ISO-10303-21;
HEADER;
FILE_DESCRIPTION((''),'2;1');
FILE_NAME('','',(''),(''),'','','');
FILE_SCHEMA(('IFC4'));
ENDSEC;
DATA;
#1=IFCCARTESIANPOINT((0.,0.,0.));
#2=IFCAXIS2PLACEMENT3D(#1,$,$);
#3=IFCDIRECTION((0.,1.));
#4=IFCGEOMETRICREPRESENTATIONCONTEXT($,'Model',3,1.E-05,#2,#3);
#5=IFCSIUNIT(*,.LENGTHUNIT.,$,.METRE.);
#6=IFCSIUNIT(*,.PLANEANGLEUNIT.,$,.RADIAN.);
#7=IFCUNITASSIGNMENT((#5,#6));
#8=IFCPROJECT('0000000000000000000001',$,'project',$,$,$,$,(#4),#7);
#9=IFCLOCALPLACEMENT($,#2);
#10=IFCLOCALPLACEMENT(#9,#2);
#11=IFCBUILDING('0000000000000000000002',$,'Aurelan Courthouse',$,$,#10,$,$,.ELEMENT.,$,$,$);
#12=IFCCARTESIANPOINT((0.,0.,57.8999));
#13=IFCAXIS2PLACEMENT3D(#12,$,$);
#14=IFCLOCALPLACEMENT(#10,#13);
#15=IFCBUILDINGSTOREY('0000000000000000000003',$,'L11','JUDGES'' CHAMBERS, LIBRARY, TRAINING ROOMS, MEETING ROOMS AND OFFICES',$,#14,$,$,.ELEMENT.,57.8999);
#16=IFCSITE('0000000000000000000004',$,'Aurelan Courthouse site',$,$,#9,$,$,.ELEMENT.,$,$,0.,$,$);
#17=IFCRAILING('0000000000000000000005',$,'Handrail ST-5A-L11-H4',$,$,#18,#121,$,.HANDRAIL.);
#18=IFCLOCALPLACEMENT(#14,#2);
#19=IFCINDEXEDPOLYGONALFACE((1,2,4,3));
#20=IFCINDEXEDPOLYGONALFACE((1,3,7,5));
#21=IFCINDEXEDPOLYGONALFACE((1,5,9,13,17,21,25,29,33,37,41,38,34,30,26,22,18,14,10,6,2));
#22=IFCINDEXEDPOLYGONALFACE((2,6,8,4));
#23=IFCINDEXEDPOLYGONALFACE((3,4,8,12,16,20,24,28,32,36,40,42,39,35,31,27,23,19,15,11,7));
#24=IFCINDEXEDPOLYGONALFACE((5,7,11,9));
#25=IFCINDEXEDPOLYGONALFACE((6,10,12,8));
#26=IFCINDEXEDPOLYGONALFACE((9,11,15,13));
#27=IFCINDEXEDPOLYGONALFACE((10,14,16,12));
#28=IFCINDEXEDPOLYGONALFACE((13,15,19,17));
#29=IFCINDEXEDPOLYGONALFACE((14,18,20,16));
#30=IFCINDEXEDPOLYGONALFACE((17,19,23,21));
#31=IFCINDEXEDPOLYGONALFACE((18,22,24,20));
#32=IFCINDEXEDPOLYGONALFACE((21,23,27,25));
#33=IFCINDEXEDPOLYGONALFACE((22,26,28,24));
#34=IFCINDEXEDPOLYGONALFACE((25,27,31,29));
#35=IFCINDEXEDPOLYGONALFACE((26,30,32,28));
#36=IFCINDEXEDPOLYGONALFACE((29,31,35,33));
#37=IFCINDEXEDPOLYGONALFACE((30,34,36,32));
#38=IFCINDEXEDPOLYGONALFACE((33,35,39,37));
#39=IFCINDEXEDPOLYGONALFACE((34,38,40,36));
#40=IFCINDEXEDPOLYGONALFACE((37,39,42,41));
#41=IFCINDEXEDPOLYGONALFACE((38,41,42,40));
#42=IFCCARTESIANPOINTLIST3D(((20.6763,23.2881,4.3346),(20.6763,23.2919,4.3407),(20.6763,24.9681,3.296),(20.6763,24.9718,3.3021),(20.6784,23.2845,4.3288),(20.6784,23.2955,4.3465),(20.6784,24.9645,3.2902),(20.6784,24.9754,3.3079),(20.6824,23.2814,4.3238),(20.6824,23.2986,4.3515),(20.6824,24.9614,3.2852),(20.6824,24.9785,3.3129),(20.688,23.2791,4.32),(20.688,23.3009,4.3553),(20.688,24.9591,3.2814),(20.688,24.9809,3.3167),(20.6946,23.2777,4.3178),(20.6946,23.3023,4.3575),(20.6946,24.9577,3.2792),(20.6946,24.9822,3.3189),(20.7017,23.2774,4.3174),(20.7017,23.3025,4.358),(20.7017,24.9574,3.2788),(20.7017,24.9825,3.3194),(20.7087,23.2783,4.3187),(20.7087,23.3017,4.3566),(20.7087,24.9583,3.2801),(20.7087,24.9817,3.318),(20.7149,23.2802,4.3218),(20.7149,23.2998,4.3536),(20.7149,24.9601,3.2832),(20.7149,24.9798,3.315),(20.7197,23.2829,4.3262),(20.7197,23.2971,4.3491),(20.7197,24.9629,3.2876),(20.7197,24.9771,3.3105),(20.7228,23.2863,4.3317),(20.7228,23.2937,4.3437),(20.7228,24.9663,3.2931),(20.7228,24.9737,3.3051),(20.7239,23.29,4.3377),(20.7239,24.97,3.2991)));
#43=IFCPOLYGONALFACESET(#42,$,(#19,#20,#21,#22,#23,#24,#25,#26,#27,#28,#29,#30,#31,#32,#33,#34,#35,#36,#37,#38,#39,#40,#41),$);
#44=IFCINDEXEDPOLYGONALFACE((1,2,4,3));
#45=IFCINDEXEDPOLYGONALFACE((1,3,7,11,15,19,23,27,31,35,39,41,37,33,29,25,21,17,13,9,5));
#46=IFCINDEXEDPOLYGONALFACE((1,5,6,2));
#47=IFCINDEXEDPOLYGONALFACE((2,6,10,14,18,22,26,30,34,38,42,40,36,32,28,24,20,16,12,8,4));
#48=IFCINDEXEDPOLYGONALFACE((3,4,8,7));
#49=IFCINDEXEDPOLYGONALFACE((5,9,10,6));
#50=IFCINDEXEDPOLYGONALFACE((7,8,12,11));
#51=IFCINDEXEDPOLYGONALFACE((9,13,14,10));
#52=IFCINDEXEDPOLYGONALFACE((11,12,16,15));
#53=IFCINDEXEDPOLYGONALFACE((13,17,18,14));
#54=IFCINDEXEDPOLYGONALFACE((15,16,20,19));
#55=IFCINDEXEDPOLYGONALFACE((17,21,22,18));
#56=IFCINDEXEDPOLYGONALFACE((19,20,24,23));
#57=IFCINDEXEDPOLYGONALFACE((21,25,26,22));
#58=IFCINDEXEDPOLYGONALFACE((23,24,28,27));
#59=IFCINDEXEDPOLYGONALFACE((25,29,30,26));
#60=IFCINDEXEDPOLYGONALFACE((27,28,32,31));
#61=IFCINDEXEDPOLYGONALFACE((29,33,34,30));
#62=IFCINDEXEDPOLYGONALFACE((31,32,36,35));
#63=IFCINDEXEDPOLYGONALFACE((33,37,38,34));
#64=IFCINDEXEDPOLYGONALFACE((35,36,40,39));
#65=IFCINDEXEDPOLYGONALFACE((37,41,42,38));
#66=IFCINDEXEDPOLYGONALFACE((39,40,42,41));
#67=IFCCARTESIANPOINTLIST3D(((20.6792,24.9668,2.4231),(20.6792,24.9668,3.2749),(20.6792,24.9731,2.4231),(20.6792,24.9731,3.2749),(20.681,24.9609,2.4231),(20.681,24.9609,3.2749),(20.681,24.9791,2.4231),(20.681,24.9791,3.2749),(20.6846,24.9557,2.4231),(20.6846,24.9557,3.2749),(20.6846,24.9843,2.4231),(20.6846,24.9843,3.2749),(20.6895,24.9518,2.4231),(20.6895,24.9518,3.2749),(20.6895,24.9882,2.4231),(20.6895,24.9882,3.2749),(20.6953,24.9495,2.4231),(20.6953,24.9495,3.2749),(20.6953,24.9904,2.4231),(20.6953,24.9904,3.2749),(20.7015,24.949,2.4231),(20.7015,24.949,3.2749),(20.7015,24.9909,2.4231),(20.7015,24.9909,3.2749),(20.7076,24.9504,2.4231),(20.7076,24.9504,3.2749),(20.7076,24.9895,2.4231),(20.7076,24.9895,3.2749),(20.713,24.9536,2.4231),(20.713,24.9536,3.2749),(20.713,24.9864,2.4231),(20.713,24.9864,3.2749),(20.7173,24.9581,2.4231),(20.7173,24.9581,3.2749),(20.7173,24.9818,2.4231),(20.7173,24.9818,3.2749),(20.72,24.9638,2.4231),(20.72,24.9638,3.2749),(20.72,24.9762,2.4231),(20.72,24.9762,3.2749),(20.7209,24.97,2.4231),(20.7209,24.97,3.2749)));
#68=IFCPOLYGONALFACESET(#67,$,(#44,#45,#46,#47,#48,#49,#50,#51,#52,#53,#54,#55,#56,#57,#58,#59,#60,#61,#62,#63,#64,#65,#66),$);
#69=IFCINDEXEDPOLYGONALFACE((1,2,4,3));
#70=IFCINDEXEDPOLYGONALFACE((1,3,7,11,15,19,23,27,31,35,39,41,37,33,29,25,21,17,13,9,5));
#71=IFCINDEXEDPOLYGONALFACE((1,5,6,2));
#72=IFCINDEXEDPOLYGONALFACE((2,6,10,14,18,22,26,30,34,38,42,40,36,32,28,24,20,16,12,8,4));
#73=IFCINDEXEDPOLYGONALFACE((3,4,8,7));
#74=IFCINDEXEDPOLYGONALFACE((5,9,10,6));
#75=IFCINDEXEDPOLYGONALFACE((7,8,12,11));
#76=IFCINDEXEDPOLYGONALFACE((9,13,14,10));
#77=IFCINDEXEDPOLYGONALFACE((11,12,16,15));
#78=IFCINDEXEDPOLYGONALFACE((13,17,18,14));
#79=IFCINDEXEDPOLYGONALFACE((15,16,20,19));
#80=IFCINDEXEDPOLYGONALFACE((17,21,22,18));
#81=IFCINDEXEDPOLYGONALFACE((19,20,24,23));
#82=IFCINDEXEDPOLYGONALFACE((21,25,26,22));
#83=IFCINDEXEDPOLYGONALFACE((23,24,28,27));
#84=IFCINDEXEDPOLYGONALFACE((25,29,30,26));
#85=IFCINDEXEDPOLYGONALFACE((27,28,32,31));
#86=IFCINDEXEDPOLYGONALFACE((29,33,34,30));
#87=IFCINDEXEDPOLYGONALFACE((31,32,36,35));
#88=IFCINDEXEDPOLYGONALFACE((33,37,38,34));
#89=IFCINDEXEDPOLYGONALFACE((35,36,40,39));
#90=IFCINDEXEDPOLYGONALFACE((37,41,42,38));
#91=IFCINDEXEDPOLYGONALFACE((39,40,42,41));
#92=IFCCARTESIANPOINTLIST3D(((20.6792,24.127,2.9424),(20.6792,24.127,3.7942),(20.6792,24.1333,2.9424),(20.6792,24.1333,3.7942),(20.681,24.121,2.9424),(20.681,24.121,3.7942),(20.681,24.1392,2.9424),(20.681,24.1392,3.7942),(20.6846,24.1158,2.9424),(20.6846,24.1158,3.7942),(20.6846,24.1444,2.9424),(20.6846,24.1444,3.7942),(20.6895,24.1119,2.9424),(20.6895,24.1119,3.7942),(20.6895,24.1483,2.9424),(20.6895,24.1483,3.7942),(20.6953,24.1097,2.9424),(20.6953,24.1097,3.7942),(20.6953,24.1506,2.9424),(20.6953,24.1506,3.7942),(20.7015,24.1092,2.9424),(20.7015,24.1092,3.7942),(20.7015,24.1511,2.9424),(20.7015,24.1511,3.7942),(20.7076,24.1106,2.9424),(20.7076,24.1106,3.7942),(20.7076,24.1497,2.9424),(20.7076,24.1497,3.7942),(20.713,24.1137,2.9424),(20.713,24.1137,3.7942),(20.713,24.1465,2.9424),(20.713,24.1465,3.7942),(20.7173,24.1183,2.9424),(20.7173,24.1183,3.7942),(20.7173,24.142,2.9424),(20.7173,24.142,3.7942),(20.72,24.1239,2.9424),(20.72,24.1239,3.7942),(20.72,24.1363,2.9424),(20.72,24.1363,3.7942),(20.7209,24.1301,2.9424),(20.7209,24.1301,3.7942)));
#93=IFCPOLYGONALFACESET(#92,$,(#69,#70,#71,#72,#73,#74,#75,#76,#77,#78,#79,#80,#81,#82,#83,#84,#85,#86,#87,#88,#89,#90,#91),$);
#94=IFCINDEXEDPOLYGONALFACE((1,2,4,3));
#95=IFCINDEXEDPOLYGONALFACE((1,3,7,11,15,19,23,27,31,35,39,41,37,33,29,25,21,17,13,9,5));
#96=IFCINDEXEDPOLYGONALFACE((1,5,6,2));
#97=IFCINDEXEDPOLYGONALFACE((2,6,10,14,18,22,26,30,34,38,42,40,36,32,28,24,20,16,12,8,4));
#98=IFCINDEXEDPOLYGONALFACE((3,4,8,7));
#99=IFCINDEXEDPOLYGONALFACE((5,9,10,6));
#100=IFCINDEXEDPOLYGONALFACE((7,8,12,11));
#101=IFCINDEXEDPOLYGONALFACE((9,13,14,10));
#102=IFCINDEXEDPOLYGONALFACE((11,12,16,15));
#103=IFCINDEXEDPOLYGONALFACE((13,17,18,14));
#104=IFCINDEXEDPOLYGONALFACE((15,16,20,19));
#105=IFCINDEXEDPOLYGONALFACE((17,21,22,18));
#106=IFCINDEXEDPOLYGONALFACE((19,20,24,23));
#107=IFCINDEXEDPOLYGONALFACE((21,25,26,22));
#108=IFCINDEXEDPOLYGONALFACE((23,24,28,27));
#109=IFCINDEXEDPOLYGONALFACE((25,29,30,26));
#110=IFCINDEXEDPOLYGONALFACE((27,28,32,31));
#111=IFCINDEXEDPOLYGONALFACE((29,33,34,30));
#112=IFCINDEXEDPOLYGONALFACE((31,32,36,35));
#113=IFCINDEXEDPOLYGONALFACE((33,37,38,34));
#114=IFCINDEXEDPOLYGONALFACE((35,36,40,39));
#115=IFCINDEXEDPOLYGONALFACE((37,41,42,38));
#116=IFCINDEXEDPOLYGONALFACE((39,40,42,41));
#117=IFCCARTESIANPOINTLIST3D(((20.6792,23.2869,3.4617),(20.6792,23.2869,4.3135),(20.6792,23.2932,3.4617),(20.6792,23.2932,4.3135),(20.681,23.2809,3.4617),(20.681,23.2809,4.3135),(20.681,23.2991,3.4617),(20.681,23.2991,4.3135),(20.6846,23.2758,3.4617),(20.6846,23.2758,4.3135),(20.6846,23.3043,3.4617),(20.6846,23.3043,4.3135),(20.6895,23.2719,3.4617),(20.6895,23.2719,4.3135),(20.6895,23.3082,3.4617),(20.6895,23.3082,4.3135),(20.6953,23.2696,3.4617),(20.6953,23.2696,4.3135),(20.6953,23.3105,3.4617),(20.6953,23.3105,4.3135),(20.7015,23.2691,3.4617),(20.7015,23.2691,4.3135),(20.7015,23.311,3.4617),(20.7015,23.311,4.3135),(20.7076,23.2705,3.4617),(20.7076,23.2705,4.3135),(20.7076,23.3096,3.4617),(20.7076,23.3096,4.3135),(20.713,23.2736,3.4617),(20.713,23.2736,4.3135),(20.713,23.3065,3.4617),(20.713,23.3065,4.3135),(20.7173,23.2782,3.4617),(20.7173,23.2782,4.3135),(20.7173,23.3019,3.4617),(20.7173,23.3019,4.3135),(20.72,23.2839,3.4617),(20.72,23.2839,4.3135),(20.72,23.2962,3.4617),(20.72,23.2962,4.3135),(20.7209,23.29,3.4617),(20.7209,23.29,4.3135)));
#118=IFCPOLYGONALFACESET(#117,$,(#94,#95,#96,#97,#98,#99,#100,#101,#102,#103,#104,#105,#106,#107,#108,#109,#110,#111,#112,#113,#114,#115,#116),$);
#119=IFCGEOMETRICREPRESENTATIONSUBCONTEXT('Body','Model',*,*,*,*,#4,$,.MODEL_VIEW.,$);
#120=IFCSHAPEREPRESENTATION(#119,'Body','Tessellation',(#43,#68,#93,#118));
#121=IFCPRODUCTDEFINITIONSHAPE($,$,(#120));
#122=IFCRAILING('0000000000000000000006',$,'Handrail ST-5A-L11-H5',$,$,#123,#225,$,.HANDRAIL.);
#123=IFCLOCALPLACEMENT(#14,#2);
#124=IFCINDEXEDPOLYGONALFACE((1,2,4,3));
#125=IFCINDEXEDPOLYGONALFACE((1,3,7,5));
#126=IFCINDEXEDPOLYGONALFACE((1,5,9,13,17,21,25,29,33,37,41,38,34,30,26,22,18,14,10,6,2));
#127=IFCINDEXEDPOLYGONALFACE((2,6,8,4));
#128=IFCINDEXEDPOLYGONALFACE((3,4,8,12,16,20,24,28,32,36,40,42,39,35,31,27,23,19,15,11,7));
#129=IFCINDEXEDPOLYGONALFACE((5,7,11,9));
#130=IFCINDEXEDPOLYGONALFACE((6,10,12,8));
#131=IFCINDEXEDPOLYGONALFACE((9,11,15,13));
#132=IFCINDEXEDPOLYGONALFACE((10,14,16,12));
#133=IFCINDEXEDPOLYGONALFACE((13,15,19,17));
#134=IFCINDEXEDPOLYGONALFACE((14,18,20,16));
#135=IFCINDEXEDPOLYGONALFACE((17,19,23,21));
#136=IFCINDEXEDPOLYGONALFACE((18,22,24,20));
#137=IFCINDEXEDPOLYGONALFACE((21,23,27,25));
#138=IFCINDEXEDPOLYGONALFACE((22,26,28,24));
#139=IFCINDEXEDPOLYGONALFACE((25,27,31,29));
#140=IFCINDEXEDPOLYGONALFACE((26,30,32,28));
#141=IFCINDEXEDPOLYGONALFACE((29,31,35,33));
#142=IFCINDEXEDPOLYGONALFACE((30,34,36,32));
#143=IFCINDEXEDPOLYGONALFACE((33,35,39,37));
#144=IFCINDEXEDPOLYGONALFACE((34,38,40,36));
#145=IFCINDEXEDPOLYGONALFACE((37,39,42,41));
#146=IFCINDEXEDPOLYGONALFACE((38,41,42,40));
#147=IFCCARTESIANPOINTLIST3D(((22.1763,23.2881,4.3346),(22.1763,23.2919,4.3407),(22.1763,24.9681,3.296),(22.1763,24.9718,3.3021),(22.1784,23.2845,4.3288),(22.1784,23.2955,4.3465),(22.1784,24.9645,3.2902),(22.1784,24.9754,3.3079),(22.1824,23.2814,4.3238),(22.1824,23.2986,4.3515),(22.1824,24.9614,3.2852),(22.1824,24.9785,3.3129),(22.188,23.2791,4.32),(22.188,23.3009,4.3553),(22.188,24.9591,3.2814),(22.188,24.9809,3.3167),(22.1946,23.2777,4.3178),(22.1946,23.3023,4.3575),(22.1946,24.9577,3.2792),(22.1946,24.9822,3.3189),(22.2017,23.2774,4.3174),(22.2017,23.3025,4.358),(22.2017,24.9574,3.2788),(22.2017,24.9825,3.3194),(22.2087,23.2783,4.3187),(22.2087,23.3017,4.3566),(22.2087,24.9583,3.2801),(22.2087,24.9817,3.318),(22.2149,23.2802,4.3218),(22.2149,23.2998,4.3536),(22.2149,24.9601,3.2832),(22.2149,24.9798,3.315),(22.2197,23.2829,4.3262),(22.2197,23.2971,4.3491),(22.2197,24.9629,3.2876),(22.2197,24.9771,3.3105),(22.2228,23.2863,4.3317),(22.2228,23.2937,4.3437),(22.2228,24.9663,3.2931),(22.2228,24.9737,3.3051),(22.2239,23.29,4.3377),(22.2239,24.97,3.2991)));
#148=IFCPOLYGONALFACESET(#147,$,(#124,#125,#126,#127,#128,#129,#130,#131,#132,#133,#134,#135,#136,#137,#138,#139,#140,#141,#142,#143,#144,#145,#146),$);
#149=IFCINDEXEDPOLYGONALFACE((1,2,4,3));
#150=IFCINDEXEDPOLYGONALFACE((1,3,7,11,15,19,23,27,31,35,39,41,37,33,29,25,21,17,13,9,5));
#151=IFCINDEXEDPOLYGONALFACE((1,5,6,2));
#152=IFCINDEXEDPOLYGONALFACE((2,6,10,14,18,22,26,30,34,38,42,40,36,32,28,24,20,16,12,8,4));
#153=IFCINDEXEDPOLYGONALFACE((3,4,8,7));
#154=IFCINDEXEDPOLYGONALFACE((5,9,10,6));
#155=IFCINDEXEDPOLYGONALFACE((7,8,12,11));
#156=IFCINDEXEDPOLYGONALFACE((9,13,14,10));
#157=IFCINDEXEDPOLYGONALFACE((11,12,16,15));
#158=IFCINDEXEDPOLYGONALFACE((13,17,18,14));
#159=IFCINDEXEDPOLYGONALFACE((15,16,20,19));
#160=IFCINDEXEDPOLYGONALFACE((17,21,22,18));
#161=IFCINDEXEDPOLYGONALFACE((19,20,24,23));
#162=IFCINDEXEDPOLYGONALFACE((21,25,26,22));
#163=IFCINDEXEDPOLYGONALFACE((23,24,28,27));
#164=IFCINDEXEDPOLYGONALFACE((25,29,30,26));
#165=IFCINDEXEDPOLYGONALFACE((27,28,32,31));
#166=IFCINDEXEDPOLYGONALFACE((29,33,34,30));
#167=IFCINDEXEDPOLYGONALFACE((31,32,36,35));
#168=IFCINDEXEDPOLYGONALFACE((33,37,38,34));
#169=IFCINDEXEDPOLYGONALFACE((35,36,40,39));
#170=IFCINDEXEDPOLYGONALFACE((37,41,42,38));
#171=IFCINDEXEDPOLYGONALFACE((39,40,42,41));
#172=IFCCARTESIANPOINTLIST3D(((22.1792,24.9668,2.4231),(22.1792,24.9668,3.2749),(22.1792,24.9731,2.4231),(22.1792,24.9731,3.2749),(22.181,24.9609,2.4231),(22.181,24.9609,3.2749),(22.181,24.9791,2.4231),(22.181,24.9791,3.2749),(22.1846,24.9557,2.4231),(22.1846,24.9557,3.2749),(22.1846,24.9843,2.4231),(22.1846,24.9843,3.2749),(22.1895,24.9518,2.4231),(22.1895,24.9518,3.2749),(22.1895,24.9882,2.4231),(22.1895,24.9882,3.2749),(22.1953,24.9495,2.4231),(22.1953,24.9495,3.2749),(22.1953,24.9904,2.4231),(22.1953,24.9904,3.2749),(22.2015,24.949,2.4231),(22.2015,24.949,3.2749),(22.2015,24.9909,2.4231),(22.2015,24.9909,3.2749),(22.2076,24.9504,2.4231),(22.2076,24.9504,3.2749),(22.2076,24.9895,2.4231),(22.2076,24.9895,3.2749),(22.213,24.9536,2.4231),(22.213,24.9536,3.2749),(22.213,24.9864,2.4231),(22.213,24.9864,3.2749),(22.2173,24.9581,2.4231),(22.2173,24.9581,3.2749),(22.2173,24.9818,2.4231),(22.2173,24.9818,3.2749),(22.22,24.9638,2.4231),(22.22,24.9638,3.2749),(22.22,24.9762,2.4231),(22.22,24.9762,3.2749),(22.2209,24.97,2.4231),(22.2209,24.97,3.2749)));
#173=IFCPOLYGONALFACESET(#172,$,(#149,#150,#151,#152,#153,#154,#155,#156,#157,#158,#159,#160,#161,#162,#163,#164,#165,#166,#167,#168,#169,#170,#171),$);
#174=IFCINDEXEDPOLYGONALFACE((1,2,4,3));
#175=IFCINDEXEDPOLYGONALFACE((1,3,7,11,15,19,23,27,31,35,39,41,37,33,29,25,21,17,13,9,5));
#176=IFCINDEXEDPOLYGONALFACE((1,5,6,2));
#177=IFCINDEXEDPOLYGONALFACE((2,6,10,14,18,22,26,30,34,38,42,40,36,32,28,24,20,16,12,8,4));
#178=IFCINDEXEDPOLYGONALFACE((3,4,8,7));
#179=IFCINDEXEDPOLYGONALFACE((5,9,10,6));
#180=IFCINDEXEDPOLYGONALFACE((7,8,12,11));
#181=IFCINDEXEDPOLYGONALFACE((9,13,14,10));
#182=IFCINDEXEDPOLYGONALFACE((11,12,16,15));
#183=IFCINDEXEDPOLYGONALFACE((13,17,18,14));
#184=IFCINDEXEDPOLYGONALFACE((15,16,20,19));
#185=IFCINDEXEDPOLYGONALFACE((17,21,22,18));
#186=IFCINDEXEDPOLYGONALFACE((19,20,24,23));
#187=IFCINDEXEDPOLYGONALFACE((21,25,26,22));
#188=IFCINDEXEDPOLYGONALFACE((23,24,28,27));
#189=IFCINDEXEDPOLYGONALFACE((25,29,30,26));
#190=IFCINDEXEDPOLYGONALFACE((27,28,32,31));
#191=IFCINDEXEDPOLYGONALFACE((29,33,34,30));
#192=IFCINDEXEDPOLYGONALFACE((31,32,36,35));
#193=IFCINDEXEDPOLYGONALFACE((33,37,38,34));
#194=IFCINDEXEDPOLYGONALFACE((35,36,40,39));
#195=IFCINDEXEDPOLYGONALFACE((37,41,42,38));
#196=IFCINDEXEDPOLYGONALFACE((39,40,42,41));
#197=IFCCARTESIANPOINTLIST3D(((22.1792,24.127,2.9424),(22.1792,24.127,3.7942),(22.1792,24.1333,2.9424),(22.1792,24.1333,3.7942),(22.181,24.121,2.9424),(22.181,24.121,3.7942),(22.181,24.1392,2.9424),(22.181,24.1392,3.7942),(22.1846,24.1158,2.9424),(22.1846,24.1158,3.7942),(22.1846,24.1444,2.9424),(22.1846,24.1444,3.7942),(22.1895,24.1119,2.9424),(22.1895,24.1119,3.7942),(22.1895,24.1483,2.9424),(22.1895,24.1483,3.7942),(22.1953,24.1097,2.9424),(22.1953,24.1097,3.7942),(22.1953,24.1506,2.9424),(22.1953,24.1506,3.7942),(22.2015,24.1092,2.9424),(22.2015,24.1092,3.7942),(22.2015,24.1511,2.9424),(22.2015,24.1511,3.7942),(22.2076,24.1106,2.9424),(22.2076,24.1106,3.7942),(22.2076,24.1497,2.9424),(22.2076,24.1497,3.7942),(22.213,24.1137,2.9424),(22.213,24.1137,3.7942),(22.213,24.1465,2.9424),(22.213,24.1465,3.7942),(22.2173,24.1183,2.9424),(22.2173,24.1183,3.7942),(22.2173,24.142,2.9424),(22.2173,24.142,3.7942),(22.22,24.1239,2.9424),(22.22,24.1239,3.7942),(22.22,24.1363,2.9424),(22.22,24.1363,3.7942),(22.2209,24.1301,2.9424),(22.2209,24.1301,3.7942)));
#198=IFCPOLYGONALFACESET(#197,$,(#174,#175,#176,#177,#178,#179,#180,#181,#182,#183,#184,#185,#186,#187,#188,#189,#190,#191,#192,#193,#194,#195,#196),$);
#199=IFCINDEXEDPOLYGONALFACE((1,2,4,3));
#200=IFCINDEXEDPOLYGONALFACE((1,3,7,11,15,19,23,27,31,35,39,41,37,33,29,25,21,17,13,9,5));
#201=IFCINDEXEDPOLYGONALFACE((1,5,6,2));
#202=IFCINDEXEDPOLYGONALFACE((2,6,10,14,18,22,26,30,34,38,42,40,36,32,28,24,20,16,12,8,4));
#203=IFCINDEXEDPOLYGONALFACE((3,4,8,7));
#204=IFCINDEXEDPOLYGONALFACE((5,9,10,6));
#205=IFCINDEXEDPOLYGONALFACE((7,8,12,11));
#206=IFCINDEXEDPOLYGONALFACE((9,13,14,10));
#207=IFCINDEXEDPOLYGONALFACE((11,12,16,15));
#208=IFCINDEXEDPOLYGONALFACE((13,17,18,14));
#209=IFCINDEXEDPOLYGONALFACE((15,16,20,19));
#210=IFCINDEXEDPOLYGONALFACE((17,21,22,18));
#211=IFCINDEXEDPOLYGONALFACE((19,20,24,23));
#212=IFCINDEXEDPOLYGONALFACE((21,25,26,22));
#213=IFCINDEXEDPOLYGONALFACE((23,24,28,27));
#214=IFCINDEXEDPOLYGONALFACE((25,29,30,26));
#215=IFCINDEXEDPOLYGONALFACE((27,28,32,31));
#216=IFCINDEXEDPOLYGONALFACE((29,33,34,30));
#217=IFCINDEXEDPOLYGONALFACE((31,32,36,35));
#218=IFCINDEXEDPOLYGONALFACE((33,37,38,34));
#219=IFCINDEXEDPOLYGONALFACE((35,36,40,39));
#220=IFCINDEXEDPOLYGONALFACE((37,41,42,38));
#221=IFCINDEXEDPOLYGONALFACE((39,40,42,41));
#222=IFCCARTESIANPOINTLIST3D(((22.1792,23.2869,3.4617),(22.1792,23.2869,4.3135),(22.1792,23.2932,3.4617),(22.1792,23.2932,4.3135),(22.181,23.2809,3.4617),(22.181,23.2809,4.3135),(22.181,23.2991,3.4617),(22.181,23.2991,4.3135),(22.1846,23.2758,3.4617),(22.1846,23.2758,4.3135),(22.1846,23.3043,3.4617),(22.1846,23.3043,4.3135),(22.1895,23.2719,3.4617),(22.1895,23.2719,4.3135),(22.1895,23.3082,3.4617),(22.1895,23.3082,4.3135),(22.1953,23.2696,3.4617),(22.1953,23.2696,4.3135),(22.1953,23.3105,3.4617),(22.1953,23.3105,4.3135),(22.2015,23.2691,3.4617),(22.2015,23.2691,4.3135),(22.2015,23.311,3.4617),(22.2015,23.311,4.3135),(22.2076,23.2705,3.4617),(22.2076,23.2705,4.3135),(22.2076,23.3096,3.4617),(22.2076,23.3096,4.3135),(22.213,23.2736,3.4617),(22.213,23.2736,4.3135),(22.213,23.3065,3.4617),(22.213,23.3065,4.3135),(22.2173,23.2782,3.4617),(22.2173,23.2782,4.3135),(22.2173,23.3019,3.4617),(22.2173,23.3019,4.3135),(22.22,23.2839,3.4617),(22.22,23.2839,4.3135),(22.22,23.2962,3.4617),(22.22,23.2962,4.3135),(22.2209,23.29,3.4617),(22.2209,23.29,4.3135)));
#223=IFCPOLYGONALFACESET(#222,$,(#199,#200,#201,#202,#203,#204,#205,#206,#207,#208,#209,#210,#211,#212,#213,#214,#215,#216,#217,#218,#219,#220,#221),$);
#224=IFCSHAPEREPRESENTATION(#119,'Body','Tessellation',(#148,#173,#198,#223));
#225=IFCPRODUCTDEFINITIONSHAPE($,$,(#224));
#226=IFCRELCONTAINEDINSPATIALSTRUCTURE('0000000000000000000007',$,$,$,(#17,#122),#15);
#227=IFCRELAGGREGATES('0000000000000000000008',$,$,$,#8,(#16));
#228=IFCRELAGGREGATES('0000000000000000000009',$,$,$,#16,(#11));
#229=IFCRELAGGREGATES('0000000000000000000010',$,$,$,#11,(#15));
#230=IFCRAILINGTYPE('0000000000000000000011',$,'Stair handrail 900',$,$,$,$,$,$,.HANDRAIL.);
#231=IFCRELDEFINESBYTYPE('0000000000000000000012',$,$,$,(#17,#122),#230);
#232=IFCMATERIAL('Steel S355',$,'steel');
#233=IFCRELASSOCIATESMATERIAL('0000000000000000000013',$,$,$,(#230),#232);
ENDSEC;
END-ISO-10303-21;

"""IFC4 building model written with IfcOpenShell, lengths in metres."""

from ifc_helpers import new_model, si_unit, direction, frame, origin, origin_2d, place, context, subcontext, project, spatial, circle, extrude, material, type_object, element, save


model = new_model("IFC4")

# Units and contexts
model_context = context("Model", 3, precision=1e-05, world=origin(), true_north=direction((0.0, 1.0)))
body_context = subcontext(model_context, "Body", "Model", "MODEL_VIEW")
ifc_project = project(units=[si_unit("LENGTHUNIT", "METRE"), si_unit("PLANEANGLEUNIT", "RADIAN")], contexts=[model_context])

# Site, building, storey
site_placement = place(None, origin())
site = spatial("IfcSite", under=ifc_project, at=site_placement, Name="Aurelan Courthouse site", CompositionType="ELEMENT", RefElevation=0.0)
building_placement = place(site_placement, origin())
building = spatial("IfcBuilding", under=site, at=building_placement, Name="Aurelan Courthouse", CompositionType="ELEMENT")
storey_placement = place(building_placement, frame((0.0, 0.0, 57.8999)))
storey = spatial("IfcBuildingStorey", under=building, at=storey_placement, Name="L11", Description="JUDGES' CHAMBERS, LIBRARY, TRAINING ROOMS, MEETING ROOMS AND OFFICES", CompositionType="ELEMENT", Elevation=57.8999)

# Railings
ifc_material_1 = material(Name="Steel S355", Category="steel")
railing_type_1 = type_object("IfcRailingType", Name="Stair handrail 900", PredefinedType="HANDRAIL", material=ifc_material_1)
for number, where, name in (
    (1, (20.7, 24.97, 2.4231), "Handrail ST-5A-L11-H4"),
    (2, (22.2, 24.97, 2.4231), "Handrail ST-5A-L11-H5"),
):
    element("IfcRailing", number, at=place(storey_placement, frame(where)), inside=storey, type_object=railing_type_1, Name=name, PredefinedType="HANDRAIL", context=body_context, shape_type="SweptSolid", body=[
        extrude(circle(Radius=0.0239, at=origin_2d()), frame((0.0, 0.0, 0.876), z_axis=(0.0, -0.850578, 0.525848), x_axis=(1.0, 0.0, 0.0)), (0.0, 0.0, 1.0), 1.9751),
        extrude(circle(Radius=0.021, at=origin_2d()), origin(), (0.0, 0.0, 1.0), 0.8518),
        extrude(circle(Radius=0.021, at=origin_2d()), frame((0.0, -0.8398, 0.5193)), (0.0, 0.0, 1.0), 0.8518),
        extrude(circle(Radius=0.021, at=origin_2d()), frame((0.0, -1.6799, 1.0386)), (0.0, 0.0, 1.0), 0.8518),
    ])

save(model, "model.ifc")
